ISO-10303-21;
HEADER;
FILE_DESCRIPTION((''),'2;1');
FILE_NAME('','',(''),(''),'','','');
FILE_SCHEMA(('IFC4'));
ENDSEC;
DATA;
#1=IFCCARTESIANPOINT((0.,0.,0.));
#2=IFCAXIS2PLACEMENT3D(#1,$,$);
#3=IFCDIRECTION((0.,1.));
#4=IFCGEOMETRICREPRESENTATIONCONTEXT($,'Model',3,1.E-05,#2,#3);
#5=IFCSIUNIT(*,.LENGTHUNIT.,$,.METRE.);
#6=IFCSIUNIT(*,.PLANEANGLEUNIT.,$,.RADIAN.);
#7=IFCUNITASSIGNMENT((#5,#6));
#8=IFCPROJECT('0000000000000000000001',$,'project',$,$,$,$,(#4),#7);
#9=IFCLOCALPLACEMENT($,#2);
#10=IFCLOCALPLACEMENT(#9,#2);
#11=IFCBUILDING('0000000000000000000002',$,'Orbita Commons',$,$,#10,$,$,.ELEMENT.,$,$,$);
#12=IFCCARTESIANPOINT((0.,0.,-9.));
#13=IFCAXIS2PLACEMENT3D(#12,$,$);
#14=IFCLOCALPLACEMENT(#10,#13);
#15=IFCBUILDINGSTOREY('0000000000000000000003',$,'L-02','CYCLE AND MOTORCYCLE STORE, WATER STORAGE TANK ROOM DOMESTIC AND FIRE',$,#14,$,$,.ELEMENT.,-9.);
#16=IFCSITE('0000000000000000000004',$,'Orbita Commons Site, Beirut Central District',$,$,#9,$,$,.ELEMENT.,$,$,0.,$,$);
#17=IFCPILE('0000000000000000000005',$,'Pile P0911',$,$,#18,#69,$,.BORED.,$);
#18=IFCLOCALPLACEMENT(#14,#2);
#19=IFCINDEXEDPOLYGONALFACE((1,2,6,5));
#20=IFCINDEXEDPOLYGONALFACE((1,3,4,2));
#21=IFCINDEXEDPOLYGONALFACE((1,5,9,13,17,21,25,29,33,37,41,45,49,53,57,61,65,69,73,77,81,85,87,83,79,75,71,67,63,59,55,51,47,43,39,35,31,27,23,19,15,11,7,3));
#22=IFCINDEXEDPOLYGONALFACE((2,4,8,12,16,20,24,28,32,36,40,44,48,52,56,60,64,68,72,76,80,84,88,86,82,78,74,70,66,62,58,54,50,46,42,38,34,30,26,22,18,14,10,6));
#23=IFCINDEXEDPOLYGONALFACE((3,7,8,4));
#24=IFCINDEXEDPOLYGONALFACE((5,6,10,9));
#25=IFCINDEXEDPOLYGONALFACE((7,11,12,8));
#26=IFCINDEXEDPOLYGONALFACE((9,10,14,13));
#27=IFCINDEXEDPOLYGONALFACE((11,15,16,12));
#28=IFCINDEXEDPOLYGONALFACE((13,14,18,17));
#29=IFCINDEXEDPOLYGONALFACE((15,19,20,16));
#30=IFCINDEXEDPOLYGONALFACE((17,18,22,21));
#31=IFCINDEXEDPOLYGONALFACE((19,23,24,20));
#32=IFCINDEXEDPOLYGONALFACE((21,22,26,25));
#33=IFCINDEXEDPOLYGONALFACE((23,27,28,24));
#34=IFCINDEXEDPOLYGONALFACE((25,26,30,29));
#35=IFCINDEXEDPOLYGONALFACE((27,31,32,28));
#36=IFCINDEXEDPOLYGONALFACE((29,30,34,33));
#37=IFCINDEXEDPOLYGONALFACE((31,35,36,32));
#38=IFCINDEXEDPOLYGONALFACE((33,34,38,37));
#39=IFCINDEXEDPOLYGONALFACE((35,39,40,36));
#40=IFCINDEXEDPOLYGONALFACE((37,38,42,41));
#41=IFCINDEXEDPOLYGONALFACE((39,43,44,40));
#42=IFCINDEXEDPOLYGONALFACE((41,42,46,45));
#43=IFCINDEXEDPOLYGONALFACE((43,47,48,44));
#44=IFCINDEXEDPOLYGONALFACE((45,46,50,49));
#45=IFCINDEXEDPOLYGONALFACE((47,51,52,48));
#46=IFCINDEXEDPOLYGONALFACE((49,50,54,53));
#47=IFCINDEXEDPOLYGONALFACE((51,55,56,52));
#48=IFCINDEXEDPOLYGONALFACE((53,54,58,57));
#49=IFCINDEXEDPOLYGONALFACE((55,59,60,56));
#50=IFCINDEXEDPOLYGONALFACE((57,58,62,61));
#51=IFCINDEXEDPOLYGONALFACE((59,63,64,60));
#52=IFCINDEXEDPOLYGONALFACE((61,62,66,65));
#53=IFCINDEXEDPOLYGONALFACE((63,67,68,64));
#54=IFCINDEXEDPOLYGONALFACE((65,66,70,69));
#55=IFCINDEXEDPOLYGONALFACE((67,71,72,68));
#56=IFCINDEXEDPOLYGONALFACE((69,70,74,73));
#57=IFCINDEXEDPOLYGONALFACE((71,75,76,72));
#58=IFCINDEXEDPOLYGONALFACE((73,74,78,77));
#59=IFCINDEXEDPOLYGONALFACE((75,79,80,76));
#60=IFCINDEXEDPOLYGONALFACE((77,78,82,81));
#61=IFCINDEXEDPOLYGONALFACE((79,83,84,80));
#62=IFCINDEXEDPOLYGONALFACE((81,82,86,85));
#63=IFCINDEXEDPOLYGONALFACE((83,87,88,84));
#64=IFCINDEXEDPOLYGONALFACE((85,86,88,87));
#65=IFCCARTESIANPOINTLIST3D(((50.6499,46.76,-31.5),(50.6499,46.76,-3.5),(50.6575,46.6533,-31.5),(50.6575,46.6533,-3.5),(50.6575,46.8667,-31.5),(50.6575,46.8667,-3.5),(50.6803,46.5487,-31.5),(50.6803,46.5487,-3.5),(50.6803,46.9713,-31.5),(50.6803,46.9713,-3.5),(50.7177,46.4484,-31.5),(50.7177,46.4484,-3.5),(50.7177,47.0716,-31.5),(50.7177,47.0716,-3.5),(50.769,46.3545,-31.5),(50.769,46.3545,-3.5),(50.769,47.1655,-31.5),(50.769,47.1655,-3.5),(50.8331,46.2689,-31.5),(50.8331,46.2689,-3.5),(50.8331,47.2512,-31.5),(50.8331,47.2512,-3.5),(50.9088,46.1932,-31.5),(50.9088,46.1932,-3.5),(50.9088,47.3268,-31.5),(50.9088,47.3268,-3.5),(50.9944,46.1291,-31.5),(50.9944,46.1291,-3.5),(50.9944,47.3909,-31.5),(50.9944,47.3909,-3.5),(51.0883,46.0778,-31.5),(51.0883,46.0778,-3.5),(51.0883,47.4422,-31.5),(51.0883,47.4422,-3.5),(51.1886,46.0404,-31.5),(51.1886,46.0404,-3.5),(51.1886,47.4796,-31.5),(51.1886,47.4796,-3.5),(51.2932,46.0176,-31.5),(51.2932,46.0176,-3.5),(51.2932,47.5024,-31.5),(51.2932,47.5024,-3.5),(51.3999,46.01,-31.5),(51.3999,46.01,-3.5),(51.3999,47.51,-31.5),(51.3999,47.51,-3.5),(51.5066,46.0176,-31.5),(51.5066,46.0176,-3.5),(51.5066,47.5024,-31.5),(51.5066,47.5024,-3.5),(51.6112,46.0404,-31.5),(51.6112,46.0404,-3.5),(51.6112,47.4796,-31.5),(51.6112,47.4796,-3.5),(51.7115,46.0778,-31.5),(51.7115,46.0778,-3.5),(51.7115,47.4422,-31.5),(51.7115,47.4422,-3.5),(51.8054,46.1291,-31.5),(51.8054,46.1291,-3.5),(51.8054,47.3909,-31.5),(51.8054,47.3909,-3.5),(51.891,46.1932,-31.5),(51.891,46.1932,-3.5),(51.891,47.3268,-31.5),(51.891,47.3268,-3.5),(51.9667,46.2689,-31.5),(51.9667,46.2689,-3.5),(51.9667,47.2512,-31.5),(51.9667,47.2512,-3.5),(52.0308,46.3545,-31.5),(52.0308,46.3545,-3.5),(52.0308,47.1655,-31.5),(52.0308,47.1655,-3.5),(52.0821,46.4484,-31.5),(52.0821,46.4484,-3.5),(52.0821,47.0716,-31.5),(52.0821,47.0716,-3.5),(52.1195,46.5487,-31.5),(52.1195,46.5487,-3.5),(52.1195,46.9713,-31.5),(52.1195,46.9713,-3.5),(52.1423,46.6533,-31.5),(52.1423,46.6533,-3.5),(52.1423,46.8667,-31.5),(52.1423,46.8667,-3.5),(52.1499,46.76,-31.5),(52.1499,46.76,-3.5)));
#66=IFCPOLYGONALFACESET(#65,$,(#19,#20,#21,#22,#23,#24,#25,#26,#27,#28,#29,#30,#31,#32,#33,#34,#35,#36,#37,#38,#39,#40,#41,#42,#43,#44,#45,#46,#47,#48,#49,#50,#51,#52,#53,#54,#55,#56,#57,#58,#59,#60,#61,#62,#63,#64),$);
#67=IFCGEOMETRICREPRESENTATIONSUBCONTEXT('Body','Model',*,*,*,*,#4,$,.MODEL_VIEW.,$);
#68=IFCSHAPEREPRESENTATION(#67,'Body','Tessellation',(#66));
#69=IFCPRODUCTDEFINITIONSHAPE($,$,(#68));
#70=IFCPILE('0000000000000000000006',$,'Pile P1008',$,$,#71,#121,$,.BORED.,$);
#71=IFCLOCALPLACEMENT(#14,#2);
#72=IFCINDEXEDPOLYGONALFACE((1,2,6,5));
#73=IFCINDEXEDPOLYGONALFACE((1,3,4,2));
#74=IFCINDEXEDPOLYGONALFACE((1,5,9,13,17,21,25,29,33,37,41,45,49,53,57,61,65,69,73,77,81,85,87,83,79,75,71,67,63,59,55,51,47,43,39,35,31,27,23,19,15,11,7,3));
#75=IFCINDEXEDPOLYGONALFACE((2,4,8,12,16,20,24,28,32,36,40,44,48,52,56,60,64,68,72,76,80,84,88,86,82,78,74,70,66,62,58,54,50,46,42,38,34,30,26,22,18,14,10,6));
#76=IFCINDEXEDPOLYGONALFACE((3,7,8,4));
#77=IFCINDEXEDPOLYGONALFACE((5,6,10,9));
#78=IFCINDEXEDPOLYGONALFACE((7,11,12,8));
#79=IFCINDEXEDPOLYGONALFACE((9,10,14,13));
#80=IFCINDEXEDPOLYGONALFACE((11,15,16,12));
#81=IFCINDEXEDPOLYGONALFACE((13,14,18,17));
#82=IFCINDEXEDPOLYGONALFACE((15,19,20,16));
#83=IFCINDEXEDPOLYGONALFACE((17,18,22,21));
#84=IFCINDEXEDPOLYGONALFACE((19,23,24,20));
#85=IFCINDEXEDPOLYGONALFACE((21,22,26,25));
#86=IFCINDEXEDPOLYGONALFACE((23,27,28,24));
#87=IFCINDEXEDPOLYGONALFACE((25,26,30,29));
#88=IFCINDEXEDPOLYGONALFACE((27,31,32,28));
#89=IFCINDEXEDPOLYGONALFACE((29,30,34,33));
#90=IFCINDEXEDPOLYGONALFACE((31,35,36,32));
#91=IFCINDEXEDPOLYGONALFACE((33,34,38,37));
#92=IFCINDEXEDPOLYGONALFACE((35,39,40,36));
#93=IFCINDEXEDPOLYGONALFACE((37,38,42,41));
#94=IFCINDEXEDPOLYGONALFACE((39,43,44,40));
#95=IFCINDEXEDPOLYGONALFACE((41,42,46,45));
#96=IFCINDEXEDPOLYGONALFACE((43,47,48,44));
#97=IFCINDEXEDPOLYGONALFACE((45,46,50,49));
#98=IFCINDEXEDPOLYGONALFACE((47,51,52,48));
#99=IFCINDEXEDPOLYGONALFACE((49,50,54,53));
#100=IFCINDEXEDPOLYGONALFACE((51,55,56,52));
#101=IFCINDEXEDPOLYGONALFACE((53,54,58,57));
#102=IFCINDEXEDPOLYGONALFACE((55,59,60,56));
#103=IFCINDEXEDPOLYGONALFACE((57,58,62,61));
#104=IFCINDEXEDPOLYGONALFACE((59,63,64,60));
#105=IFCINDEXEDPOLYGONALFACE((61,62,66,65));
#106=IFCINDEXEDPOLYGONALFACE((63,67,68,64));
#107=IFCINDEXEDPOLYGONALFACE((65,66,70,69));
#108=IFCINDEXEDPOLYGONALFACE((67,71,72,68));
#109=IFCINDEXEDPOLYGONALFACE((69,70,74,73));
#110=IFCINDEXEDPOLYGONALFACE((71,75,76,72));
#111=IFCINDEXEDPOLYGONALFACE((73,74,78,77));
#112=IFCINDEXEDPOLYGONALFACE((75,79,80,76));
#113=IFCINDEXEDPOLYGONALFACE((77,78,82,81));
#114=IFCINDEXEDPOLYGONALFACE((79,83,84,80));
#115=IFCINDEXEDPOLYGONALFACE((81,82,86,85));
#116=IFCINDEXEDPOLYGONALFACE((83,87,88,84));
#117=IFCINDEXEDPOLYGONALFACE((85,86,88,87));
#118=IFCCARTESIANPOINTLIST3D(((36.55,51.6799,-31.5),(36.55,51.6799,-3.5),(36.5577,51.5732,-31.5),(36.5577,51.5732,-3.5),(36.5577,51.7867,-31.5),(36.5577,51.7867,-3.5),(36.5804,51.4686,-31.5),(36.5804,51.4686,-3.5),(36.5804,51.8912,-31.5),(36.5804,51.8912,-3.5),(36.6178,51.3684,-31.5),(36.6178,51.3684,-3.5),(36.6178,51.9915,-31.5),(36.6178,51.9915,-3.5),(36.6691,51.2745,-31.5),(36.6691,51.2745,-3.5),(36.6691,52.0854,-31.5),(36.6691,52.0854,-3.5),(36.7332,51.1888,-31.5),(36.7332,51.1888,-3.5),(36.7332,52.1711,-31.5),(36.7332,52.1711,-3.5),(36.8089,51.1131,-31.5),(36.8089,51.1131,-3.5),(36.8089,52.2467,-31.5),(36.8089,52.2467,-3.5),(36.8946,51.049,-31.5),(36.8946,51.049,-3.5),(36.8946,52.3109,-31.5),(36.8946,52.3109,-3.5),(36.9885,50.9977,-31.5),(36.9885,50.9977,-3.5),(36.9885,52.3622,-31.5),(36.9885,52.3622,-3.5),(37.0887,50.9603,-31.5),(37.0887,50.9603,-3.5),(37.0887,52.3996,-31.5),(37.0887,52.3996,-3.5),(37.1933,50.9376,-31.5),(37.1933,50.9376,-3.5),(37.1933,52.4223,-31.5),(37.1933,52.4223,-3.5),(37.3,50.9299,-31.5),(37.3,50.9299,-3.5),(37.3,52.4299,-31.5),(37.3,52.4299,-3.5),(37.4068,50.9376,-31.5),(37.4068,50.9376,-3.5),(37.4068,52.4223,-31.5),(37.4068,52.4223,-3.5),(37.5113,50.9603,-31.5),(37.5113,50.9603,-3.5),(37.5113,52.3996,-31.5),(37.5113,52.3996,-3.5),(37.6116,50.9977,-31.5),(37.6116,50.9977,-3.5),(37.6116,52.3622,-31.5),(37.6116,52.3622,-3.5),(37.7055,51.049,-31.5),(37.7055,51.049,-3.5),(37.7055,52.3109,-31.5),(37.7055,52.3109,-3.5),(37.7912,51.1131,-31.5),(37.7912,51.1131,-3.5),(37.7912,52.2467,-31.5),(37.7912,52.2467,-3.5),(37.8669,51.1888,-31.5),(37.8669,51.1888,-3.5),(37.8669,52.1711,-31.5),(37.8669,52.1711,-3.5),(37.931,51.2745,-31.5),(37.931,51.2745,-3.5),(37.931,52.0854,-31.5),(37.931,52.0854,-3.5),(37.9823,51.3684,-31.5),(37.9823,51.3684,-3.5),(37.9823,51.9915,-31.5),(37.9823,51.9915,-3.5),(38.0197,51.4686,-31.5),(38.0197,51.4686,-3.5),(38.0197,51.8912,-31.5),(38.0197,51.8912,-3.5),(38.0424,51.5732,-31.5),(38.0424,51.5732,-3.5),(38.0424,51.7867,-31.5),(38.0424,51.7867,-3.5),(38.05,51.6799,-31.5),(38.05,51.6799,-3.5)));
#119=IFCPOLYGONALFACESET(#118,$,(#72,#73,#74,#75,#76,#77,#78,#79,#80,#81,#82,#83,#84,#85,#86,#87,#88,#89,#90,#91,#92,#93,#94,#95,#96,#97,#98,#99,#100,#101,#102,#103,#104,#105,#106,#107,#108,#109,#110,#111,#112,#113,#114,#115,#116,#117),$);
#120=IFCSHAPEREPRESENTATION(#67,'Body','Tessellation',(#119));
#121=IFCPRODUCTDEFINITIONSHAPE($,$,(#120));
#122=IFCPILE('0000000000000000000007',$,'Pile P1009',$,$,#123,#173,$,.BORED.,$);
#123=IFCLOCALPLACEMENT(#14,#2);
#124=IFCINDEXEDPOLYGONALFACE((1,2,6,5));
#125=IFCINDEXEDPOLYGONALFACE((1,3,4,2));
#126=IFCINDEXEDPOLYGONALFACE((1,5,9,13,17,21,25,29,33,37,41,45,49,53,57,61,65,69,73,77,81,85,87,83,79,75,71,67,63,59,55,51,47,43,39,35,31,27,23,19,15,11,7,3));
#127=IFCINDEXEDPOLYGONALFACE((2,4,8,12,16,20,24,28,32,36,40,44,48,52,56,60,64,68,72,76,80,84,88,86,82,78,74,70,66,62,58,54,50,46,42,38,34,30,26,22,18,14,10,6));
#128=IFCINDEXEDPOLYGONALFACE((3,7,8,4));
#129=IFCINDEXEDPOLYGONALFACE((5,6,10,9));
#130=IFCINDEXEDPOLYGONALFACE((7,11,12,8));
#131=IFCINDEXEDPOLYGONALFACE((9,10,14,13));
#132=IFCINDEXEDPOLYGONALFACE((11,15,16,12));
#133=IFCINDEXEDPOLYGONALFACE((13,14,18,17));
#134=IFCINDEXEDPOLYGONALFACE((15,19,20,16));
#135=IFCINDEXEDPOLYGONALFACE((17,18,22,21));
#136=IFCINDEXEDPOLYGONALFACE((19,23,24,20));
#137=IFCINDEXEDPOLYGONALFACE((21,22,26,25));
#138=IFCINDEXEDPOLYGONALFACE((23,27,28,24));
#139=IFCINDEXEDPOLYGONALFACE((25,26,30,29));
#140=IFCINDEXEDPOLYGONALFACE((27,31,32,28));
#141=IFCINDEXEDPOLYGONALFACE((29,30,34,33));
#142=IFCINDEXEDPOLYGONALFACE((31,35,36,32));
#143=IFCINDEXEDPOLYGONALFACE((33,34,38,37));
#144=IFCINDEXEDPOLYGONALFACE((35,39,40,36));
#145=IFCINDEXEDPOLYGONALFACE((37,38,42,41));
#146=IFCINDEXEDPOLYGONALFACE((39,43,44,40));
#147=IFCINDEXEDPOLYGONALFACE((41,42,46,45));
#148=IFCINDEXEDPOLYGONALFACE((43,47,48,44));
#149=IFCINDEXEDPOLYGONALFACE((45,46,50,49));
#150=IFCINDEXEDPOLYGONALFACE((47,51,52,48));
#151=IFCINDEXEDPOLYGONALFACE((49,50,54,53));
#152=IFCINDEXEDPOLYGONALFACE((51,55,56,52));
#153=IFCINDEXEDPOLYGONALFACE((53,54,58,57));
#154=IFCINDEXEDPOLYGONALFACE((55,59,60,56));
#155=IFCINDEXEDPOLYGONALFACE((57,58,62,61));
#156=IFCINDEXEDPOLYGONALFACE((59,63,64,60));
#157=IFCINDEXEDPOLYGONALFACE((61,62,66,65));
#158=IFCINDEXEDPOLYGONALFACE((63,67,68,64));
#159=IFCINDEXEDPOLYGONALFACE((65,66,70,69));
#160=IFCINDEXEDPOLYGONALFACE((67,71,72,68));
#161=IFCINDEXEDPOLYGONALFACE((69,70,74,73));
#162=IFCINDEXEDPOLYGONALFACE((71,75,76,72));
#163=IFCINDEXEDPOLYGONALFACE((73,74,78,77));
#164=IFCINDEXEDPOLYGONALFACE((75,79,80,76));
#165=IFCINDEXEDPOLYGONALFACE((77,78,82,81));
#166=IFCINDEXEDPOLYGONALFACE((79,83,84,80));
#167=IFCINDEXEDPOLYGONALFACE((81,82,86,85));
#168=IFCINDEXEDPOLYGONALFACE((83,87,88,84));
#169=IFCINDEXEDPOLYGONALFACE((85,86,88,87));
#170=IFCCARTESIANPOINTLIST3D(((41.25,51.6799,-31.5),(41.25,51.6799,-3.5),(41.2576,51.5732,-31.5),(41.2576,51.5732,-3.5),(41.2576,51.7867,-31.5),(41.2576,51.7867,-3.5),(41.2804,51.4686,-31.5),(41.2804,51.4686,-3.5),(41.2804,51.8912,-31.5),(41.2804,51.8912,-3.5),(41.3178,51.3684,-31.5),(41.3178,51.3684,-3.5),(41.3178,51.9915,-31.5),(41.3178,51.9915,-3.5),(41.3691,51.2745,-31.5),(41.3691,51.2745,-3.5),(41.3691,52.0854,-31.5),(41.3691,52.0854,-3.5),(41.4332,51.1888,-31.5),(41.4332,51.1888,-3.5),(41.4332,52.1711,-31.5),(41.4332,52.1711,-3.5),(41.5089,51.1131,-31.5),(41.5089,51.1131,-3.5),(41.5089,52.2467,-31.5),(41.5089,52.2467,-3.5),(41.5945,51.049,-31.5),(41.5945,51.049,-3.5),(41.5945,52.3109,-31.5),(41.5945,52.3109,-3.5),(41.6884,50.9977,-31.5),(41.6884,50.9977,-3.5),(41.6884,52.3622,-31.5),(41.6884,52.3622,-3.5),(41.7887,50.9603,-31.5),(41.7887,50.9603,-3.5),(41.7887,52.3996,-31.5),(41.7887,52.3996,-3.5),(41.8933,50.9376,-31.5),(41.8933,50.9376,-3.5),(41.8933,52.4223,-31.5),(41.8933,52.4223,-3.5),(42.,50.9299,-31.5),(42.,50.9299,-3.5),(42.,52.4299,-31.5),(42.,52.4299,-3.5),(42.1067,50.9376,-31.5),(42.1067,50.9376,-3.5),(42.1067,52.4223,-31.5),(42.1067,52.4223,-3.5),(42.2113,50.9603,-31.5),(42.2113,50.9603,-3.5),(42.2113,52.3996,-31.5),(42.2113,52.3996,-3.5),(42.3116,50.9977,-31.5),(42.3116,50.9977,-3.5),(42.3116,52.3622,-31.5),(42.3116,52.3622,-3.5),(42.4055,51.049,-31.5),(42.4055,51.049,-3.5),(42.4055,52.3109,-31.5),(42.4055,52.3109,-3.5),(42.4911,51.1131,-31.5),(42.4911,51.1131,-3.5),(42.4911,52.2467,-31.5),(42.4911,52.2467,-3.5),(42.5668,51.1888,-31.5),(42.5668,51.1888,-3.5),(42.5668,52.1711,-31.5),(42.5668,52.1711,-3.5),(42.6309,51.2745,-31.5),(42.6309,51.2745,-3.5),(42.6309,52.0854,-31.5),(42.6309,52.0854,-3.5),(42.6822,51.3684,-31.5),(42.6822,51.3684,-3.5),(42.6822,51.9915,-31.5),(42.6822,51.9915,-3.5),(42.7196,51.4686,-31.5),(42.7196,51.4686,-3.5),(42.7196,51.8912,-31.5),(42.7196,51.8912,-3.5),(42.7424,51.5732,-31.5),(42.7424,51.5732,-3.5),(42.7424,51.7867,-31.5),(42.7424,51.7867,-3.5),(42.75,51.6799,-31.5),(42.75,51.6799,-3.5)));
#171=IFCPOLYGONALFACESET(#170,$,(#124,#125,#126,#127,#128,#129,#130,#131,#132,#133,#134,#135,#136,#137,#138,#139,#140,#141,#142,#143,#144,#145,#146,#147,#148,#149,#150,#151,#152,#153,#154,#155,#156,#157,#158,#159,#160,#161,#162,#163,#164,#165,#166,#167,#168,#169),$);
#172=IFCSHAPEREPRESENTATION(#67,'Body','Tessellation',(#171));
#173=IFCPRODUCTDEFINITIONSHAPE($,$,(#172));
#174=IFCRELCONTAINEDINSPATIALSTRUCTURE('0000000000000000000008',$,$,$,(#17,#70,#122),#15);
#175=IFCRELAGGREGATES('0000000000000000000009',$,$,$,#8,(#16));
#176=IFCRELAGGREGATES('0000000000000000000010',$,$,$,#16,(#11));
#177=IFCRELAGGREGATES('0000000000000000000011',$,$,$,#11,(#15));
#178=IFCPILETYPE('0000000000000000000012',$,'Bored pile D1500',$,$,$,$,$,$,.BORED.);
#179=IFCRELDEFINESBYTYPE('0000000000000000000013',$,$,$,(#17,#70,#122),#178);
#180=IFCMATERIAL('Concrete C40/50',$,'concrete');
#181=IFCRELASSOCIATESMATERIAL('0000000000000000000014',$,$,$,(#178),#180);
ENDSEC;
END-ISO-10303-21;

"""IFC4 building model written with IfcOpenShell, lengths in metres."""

from ifc_helpers import new_model, si_unit, direction, frame, origin, origin_2d, place, context, subcontext, project, spatial, circle, extrude, material, material_profile, profile_set, type_object, element, save


model = new_model("IFC4")

# Units and contexts
model_context = context("Model", 3, precision=1e-05, world=origin(), true_north=direction((0.0, 1.0)))
body_context = subcontext(model_context, "Body", "Model", "MODEL_VIEW")
ifc_project = project(units=[si_unit("LENGTHUNIT", "METRE"), si_unit("PLANEANGLEUNIT", "RADIAN")], contexts=[model_context])

# Site, building, storey
site_placement = place(None, origin())
site = spatial("IfcSite", under=ifc_project, at=site_placement, Name="Orbita Commons Site, Beirut Central District", CompositionType="ELEMENT", RefElevation=0.0)
building_placement = place(site_placement, origin())
building = spatial("IfcBuilding", under=site, at=building_placement, Name="Orbita Commons", CompositionType="ELEMENT")
storey_placement = place(building_placement, frame((0.0, 0.0, -9.0)))
storey = spatial("IfcBuildingStorey", under=building, at=storey_placement, Name="L-02", Description="CYCLE AND MOTORCYCLE STORE, WATER STORAGE TANK ROOM DOMESTIC AND FIRE", CompositionType="ELEMENT", Elevation=-9.0)

# Piles
ifc_material_1 = material(Name="Concrete C40/50", Category="concrete")
ifc_material_profile_1 = material_profile(ifc_material_1, circle(Radius=0.75, at=origin_2d()), Name="RC D1500")
ifc_profile_set_1 = profile_set([ifc_material_profile_1], Name="Concrete C40/50")
pile_type = type_object("IfcPileType", Name="Bored pile D1500", PredefinedType="BORED", material=ifc_profile_set_1)
for number, where, z_axis, x_axis, name in (
    (1, (51.3999, 46.76, -3.5), (0.0, 0.0, -1.0), (1.0, 0.0, 0.0), "Pile P0911"),
    (2, (37.3, 51.6799, -3.5), (0.0, 0.0, -1.0), (1.0, 0.0, 0.0), "Pile P1008"),
    (3, (42.0, 51.6799, -3.5), (0.0, 0.0, -1.0), (1.0, 0.0, 0.0), "Pile P1009"),
):
    element("IfcPile", number, at=place(storey_placement, frame(where, z_axis=z_axis, x_axis=x_axis)), inside=storey, type_object=pile_type, Name=name, PredefinedType="BORED", context=body_context, shape_type="SweptSolid", body=[
        extrude(circle(Radius=0.75, at=origin_2d()), origin(), (0.0, 0.0, 1.0), 28.0),
    ])

save(model, "model.ifc")
